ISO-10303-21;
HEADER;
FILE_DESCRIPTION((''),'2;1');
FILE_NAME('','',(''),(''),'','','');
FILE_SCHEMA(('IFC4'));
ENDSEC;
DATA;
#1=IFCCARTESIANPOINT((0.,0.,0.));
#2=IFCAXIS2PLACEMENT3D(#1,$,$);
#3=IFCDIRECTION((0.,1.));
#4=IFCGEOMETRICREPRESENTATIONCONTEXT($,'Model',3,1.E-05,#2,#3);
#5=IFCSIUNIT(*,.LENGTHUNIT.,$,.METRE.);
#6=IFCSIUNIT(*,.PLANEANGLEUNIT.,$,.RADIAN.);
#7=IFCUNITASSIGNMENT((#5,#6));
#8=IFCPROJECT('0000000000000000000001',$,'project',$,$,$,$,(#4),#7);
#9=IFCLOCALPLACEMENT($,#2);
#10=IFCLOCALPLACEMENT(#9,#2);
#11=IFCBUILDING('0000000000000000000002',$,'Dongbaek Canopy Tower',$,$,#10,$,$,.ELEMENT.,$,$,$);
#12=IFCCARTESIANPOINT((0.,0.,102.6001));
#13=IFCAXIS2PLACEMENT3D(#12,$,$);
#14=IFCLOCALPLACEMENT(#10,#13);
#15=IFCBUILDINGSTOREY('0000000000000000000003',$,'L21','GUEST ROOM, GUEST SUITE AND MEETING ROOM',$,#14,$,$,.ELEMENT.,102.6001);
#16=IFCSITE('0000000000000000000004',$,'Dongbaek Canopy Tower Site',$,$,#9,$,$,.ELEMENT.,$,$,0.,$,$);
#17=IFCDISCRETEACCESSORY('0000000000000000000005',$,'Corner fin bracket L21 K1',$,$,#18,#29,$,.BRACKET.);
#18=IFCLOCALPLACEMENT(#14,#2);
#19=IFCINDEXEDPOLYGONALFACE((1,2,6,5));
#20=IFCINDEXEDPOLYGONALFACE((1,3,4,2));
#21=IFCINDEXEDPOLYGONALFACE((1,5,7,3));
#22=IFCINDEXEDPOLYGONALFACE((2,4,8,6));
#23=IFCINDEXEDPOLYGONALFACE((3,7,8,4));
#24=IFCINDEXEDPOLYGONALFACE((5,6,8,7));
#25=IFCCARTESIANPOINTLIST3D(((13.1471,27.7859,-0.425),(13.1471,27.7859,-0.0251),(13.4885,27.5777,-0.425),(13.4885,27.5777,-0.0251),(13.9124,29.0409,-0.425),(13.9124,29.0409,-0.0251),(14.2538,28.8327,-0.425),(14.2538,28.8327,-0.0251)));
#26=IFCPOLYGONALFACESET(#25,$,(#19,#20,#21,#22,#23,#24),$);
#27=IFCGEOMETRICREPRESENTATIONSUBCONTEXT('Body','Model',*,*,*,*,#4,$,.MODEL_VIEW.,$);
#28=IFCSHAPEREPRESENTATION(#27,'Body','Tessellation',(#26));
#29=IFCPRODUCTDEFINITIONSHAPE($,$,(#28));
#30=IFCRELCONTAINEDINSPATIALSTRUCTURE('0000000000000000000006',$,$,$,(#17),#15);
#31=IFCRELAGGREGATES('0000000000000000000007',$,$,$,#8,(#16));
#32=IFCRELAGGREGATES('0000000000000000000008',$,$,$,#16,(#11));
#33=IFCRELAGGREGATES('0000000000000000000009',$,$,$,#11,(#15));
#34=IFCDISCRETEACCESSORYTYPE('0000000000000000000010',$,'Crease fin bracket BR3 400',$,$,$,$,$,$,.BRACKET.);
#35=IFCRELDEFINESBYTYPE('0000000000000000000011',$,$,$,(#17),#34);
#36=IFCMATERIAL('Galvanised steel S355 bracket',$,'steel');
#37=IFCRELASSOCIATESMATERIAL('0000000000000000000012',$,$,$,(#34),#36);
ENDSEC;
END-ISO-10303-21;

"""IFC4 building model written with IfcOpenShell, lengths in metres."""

from ifc_helpers import new_model, si_unit, direction, frame, origin, origin_2d, place, context, subcontext, project, spatial, rectangle, extrude, material, type_object, element, save


model = new_model("IFC4")

# Units and contexts
model_context = context("Model", 3, precision=1e-05, world=origin(), true_north=direction((0.0, 1.0)))
body_context = subcontext(model_context, "Body", "Model", "MODEL_VIEW")
ifc_project = project(units=[si_unit("LENGTHUNIT", "METRE"), si_unit("PLANEANGLEUNIT", "RADIAN")], contexts=[model_context])

# Site, building, storey
site_placement = place(None, origin())
site = spatial("IfcSite", under=ifc_project, at=site_placement, Name="Dongbaek Canopy Tower Site", CompositionType="ELEMENT", RefElevation=0.0)
building_placement = place(site_placement, origin())
building = spatial("IfcBuilding", under=site, at=building_placement, Name="Dongbaek Canopy Tower", CompositionType="ELEMENT")
storey_placement = place(building_placement, frame((0.0, 0.0, 102.6001)))
storey = spatial("IfcBuildingStorey", under=building, at=storey_placement, Name="L21", Description="GUEST ROOM, GUEST SUITE AND MEETING ROOM", CompositionType="ELEMENT", Elevation=102.6001)

# Discrete accessory
ifc_material_1 = material(Name="Galvanised steel S355 bracket", Category="steel")
discrete_accessory_type = type_object("IfcDiscreteAccessoryType", Name="Crease fin bracket BR3 400", PredefinedType="BRACKET", material=ifc_material_1)
discrete_accessory_placement = place(storey_placement, frame((13.7004, 28.3093, -0.425), z_axis=(0.0, 0.0, 1.0), x_axis=(0.520636, 0.853779, 0.0)))
element("IfcDiscreteAccessory", 1, at=discrete_accessory_placement, inside=storey, type_object=discrete_accessory_type, Name="Corner fin bracket L21 K1", PredefinedType="BRACKET", context=body_context, shape_type="SweptSolid", body=[
    extrude(rectangle(XDim=1.47, YDim=0.3999, at=origin_2d()), origin(), (0.0, 0.0, 1.0), 0.3999),
])

save(model, "model.ifc")
